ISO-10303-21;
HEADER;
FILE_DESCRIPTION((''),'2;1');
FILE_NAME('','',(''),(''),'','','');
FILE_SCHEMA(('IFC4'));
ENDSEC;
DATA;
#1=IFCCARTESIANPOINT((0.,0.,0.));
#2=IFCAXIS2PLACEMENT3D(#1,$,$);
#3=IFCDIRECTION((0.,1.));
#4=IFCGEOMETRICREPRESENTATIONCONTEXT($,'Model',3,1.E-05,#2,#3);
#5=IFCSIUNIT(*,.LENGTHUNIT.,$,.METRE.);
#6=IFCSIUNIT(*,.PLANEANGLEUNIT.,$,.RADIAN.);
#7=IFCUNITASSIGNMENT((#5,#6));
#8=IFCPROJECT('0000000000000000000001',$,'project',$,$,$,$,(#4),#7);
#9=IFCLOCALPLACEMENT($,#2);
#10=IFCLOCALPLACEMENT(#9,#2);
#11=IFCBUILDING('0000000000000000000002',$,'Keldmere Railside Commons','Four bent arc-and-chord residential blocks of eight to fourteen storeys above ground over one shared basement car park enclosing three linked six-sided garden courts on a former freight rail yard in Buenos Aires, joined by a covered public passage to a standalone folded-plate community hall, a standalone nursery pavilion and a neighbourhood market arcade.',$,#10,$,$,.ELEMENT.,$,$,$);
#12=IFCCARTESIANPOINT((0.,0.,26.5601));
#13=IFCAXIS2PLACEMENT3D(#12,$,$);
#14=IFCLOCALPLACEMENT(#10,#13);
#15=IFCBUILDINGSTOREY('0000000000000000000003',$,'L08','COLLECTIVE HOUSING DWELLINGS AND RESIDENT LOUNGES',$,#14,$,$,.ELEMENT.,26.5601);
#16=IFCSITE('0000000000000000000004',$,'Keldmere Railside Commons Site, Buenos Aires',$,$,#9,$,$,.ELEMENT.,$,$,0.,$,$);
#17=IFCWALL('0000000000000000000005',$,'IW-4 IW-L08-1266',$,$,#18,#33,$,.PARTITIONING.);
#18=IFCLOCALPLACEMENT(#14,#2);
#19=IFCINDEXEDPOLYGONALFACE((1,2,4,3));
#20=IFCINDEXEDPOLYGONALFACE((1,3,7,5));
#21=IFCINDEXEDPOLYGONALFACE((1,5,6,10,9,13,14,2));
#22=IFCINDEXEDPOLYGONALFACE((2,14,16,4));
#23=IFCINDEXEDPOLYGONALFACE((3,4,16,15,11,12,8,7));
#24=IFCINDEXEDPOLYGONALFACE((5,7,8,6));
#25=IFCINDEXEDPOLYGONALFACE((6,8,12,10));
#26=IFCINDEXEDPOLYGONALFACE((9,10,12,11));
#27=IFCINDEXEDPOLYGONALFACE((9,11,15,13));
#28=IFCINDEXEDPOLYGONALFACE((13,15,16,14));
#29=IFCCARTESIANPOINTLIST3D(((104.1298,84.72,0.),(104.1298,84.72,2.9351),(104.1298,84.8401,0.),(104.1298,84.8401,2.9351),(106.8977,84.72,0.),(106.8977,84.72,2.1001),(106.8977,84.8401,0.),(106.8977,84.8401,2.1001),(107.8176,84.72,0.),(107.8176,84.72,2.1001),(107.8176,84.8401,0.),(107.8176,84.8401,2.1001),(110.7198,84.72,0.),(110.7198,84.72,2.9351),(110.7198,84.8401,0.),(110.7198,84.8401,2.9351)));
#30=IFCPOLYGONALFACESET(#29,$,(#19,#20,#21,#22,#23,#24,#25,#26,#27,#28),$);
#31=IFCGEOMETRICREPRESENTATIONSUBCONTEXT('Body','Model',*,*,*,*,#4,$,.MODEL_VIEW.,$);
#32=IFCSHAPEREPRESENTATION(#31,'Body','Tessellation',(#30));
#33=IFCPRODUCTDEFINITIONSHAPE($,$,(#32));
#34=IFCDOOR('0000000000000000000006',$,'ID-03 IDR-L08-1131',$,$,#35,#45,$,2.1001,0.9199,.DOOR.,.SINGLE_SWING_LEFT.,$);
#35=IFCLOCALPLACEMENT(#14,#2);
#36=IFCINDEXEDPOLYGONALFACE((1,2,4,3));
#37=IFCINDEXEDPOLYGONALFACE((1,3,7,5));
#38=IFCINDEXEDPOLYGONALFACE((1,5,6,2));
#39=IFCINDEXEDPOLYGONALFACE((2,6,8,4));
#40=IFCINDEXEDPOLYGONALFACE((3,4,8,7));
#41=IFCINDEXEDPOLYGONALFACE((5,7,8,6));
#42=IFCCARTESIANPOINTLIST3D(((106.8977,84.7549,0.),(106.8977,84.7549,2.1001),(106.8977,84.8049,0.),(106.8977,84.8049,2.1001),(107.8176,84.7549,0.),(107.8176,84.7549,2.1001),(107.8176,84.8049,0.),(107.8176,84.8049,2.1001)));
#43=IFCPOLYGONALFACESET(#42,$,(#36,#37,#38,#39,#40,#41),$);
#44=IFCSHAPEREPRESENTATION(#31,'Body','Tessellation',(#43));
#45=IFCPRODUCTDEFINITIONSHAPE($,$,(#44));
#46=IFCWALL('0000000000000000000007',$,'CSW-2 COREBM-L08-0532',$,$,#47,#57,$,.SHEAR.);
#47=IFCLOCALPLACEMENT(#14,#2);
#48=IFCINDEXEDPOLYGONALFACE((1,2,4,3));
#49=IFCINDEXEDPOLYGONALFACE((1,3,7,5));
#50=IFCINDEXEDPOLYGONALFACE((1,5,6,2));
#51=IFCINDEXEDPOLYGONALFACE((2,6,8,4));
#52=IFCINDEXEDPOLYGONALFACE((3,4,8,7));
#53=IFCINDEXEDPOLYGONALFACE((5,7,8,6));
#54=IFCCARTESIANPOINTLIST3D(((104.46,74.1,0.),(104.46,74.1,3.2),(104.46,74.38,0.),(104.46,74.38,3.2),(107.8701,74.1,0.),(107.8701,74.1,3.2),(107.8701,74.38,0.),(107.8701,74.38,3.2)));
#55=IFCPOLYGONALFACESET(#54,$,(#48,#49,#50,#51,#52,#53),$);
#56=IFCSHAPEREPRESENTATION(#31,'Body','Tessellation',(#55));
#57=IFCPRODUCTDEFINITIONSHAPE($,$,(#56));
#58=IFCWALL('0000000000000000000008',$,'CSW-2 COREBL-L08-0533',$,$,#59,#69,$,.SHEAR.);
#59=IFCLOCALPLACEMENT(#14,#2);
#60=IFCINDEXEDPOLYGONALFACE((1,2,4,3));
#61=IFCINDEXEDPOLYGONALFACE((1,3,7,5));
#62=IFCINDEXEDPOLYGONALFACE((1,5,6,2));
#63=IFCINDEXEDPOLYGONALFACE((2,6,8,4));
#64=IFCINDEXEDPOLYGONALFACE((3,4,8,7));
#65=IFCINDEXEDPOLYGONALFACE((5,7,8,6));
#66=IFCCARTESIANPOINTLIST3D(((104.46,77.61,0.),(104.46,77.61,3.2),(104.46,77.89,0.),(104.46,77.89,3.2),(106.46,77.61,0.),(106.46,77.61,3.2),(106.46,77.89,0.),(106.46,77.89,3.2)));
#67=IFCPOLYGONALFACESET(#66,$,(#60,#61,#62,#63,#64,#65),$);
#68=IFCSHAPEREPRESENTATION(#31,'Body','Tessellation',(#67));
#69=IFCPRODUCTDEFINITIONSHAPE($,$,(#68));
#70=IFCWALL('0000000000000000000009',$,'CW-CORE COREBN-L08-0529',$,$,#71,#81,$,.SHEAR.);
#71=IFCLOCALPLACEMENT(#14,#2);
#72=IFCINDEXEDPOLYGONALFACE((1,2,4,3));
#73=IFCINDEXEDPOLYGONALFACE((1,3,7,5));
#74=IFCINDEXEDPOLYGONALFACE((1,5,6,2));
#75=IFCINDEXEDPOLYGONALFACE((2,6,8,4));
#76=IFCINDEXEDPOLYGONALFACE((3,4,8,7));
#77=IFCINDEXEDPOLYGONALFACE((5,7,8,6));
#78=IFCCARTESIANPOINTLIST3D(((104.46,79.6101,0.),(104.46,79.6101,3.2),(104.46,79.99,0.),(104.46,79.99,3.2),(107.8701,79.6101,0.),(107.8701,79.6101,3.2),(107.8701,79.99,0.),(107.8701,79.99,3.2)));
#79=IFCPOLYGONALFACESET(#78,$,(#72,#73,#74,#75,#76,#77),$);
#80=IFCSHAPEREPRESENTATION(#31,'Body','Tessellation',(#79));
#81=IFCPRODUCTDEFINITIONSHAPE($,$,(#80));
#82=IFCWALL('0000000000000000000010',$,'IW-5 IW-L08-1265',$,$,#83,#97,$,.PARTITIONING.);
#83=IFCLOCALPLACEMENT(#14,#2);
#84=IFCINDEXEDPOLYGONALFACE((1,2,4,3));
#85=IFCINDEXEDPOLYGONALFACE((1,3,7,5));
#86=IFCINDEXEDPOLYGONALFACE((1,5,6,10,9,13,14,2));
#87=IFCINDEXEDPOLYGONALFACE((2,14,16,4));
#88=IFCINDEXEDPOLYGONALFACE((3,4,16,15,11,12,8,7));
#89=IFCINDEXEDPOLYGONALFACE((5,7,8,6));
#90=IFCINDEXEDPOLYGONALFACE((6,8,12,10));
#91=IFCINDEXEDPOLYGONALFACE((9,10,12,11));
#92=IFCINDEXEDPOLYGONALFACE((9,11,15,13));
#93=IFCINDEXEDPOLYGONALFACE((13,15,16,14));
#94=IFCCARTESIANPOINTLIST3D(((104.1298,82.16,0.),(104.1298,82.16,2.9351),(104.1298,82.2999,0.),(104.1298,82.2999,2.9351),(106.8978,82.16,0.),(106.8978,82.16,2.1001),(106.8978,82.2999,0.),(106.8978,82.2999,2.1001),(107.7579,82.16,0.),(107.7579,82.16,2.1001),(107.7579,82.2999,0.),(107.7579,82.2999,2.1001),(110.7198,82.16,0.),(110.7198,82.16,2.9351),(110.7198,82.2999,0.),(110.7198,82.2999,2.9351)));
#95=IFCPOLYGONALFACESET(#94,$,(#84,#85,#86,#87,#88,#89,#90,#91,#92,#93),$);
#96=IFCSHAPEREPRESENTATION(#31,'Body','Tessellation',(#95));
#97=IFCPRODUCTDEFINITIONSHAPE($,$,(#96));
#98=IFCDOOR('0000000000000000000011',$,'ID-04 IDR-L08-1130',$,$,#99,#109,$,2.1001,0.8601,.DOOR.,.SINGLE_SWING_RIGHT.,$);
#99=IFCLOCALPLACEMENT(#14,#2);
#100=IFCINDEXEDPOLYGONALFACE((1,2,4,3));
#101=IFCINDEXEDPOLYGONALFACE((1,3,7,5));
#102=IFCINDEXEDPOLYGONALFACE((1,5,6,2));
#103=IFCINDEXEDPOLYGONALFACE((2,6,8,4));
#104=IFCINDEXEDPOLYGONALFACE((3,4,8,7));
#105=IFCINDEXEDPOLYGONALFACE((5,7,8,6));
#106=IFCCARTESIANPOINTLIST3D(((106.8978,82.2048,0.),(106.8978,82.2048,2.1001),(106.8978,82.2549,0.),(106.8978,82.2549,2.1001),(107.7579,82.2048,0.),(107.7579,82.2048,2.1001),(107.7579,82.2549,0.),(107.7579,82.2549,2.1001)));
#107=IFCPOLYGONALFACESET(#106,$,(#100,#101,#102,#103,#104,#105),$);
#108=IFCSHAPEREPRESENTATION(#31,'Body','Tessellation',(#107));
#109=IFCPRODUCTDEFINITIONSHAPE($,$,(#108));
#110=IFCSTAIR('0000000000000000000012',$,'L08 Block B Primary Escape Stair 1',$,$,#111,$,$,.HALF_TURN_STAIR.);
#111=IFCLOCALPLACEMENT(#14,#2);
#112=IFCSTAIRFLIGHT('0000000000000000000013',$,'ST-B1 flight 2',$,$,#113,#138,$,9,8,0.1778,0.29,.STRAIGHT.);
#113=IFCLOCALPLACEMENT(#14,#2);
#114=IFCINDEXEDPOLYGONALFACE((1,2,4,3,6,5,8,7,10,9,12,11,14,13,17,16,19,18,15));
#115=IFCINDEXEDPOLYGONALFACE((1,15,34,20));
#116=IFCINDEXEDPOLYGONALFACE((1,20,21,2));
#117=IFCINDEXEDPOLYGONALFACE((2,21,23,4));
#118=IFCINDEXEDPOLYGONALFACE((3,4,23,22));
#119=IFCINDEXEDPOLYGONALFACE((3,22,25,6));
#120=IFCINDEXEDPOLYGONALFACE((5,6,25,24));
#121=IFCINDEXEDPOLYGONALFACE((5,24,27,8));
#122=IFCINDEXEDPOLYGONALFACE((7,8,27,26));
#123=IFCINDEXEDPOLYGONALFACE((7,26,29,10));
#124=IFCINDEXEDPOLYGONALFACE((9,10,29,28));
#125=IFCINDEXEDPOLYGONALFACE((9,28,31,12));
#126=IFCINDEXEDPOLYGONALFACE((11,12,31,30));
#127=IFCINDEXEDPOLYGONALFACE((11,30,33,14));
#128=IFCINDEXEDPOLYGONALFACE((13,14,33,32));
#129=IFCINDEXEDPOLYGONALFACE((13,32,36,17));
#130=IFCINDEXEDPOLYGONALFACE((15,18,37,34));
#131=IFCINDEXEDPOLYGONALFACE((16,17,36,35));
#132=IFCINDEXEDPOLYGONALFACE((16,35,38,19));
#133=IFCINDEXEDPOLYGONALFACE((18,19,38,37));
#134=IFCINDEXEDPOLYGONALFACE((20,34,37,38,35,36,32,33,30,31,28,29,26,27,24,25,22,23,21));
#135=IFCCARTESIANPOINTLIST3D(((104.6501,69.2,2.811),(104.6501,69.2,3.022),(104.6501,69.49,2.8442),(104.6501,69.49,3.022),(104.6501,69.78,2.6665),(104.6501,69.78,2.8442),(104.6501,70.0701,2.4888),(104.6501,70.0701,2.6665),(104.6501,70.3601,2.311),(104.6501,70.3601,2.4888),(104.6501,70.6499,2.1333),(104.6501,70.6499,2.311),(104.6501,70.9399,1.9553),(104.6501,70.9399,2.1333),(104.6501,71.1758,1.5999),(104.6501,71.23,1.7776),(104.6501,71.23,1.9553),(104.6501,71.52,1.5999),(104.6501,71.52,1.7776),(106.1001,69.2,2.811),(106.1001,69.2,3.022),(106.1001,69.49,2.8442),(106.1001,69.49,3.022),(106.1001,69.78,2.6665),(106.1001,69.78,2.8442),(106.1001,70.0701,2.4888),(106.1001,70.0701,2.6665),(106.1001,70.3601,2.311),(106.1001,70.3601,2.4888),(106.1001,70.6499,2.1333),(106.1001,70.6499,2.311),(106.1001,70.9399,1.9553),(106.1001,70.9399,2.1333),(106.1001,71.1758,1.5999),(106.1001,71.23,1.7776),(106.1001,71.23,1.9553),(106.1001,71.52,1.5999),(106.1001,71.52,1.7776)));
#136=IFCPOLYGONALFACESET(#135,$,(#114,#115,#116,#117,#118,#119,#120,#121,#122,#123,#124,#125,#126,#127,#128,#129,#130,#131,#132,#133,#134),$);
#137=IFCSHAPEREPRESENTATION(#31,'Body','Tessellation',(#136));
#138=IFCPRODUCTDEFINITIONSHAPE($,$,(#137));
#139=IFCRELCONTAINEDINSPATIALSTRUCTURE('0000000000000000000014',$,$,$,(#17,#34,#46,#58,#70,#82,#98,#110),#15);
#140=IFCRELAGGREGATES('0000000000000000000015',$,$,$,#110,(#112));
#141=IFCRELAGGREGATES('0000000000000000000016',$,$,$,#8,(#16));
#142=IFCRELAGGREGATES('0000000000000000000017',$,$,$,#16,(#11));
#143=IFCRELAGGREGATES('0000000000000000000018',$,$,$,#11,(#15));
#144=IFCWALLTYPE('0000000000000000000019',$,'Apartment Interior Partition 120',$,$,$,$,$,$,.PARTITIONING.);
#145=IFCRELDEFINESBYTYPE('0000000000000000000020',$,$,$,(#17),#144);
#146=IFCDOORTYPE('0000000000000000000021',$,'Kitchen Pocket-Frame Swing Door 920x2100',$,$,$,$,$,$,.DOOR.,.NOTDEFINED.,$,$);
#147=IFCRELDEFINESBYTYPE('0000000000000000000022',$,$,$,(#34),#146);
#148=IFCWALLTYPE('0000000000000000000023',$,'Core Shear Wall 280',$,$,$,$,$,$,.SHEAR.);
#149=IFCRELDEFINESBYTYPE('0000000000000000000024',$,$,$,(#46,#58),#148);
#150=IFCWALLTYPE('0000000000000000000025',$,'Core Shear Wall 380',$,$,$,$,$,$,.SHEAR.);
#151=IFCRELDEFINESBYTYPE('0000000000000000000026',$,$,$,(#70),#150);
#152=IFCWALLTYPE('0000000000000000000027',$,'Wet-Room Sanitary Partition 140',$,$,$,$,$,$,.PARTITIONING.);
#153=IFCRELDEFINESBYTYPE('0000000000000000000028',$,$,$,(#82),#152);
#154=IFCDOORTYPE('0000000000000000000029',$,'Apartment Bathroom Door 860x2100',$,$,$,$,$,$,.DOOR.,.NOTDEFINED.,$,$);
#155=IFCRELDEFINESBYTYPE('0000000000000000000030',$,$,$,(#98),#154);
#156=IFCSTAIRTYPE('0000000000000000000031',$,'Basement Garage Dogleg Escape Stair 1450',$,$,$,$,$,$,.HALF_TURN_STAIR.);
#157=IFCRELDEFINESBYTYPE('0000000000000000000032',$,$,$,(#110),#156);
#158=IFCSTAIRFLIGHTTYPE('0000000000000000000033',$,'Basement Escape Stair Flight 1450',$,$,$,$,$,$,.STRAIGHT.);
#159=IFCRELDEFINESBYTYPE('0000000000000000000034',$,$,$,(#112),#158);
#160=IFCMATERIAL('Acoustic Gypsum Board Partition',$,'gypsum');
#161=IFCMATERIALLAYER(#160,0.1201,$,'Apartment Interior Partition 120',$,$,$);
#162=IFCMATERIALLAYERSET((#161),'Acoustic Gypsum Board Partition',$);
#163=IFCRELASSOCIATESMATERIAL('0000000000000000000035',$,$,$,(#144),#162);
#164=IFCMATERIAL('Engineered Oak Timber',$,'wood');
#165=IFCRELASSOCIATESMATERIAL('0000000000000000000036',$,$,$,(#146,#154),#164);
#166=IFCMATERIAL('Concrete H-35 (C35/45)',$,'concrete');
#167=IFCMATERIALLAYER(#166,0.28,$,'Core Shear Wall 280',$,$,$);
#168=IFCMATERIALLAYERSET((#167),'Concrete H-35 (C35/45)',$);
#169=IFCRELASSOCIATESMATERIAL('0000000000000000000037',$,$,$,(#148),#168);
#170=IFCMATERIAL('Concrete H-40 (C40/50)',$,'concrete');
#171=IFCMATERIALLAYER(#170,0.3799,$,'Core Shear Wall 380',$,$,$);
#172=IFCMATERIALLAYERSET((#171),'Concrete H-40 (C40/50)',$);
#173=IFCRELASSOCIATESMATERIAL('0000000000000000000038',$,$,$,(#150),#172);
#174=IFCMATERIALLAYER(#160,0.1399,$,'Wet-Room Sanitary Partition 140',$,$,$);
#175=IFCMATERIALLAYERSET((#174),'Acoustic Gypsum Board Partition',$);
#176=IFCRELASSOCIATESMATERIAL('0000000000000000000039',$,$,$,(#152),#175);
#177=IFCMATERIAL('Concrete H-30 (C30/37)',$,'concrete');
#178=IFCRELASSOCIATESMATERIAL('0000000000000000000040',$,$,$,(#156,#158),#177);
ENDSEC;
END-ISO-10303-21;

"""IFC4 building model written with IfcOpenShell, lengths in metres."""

from ifc_helpers import new_model, si_unit, direction, frame, frame_2d, origin, place, context, subcontext, project, spatial, polyline, rectangle, outline, extrude, material, layer, layer_set, type_object, element, fill, aggregate, save


model = new_model("IFC4")

# Units and contexts
model_context = context("Model", 3, precision=1e-05, world=origin(), true_north=direction((0.0, 1.0)))
body_context = subcontext(model_context, "Body", "Model", "MODEL_VIEW")
ifc_project = project(units=[si_unit("LENGTHUNIT", "METRE"), si_unit("PLANEANGLEUNIT", "RADIAN")], contexts=[model_context])

# Site, building, storey
site_placement = place(None, origin())
site = spatial("IfcSite", under=ifc_project, at=site_placement, Name="Keldmere Railside Commons Site, Buenos Aires", CompositionType="ELEMENT", RefElevation=0.0)
building_placement = place(site_placement, origin())
building = spatial("IfcBuilding", under=site, at=building_placement, Name="Keldmere Railside Commons", Description="Four bent arc-and-chord residential blocks of eight to fourteen storeys above ground over one shared basement car park enclosing three linked six-sided garden courts on a former freight rail yard in Buenos Aires, joined by a covered public passage to a standalone folded-plate community hall, a standalone nursery pavilion and a neighbourhood market arcade.", CompositionType="ELEMENT")
storey_placement = place(building_placement, frame((0.0, 0.0, 26.5601)))
storey = spatial("IfcBuildingStorey", under=building, at=storey_placement, Name="L08", Description="COLLECTIVE HOUSING DWELLINGS AND RESIDENT LOUNGES", CompositionType="ELEMENT", Elevation=26.5601)

# Wall, opening, door
ifc_material_1 = material(Name="Acoustic Gypsum Board Partition", Category="gypsum")
ifc_layer_1 = layer(ifc_material_1, 0.1201, Name="Apartment Interior Partition 120")
ifc_layer_set_1 = layer_set([ifc_layer_1], Name="Acoustic Gypsum Board Partition")
wall_type_1 = type_object("IfcWallType", Name="Apartment Interior Partition 120", PredefinedType="PARTITIONING", material=ifc_layer_set_1)
wall_1_placement = place(storey_placement, frame((104.1299, 84.78, 0.0), z_axis=(0.0, 0.0, 1.0), x_axis=(1.0, 0.0, 0.0)))
wall_1 = element("IfcWall", 1, at=wall_1_placement, inside=storey, type_object=wall_type_1, Name="IW-4 IW-L08-1266", PredefinedType="PARTITIONING", context=body_context, shape_type="SweptSolid", body=[
    extrude(rectangle(XDim=6.5901, YDim=0.1201, at=frame_2d((3.2949, 0.0))), origin(), (0.0, 0.0, 1.0), 2.9351),
])
opening_1_placement = place(wall_1_placement, frame((2.7678, 0.0, 0.0)))
opening_1 = element("IfcOpeningElement", 2, at=opening_1_placement, cuts=wall_1, PredefinedType="OPENING", context=body_context, shape_type="SweptSolid", body=[
    extrude(rectangle(XDim=0.9199, YDim=2.1001, at=frame_2d((0.46, 1.05))), frame((0.0, 0.0701, 0.0), z_axis=(0.0, -1.0, 0.0), x_axis=(1.0, 0.0, 0.0)), (0.0, 0.0, 1.0), 0.1401),
])
ifc_material_2 = material(Name="Engineered Oak Timber", Category="wood")
door_type_1 = type_object("IfcDoorType", Name="Kitchen Pocket-Frame Swing Door 920x2100", OperationType="NOTDEFINED", PredefinedType="DOOR", material=ifc_material_2)
door_1_placement = place(opening_1_placement, origin())
door_1 = element("IfcDoor", 3, at=door_1_placement, inside=storey, type_object=door_type_1, Name="ID-03 IDR-L08-1131", OperationType="SINGLE_SWING_LEFT", OverallHeight=2.1001, OverallWidth=0.9199, PredefinedType="DOOR", context=body_context, shape_type="SweptSolid", body=[
    extrude(rectangle(XDim=0.9199, YDim=2.1001, at=frame_2d((0.46, 1.05))), frame((0.0, 0.0249, 0.0), z_axis=(0.0, -1.0, 0.0), x_axis=(1.0, 0.0, 0.0)), (0.0, 0.0, 1.0), 0.05),
])
fill(opening_1, door_1)

# Walls
ifc_material_3 = material(Name="Concrete H-35 (C35/45)", Category="concrete")
ifc_layer_2 = layer(ifc_material_3, 0.28, Name="Core Shear Wall 280")
ifc_layer_set_2 = layer_set([ifc_layer_2], Name="Concrete H-35 (C35/45)")
wall_type_2 = type_object("IfcWallType", Name="Core Shear Wall 280", PredefinedType="SHEAR", material=ifc_layer_set_2)
wall_2_placement = place(storey_placement, frame((104.46, 74.24, 0.0), z_axis=(0.0, 0.0, 1.0), x_axis=(1.0, 0.0, 0.0)))
element("IfcWall", 4, at=wall_2_placement, inside=storey, type_object=wall_type_2, Name="CSW-2 COREBM-L08-0532", PredefinedType="SHEAR", context=body_context, shape_type="SweptSolid", body=[
    extrude(rectangle(XDim=3.4102, YDim=0.28, at=frame_2d((1.7051, 0.0))), origin(), (0.0, 0.0, 1.0), 3.2),
])
wall_3_placement = place(storey_placement, frame((104.46, 77.75, 0.0), z_axis=(0.0, 0.0, 1.0), x_axis=(1.0, 0.0, 0.0)))
element("IfcWall", 5, at=wall_3_placement, inside=storey, type_object=wall_type_2, Name="CSW-2 COREBL-L08-0533", PredefinedType="SHEAR", context=body_context, shape_type="SweptSolid", body=[
    extrude(rectangle(XDim=2.0, YDim=0.28, at=frame_2d((1.0, 0.0))), origin(), (0.0, 0.0, 1.0), 3.2),
])
ifc_material_4 = material(Name="Concrete H-40 (C40/50)", Category="concrete")
ifc_layer_3 = layer(ifc_material_4, 0.3799, Name="Core Shear Wall 380")
ifc_layer_set_3 = layer_set([ifc_layer_3], Name="Concrete H-40 (C40/50)")
wall_type_3 = type_object("IfcWallType", Name="Core Shear Wall 380", PredefinedType="SHEAR", material=ifc_layer_set_3)
wall_4_placement = place(storey_placement, frame((104.46, 79.8, 0.0), z_axis=(0.0, 0.0, 1.0), x_axis=(1.0, 0.0, 0.0)))
element("IfcWall", 6, at=wall_4_placement, inside=storey, type_object=wall_type_3, Name="CW-CORE COREBN-L08-0529", PredefinedType="SHEAR", context=body_context, shape_type="SweptSolid", body=[
    extrude(rectangle(XDim=3.4102, YDim=0.3799, at=frame_2d((1.7051, 0.0))), origin(), (0.0, 0.0, 1.0), 3.2),
])

# Wall, opening, door
ifc_layer_4 = layer(ifc_material_1, 0.1399, Name="Wet-Room Sanitary Partition 140")
ifc_layer_set_4 = layer_set([ifc_layer_4], Name="Acoustic Gypsum Board Partition")
wall_type_4 = type_object("IfcWallType", Name="Wet-Room Sanitary Partition 140", PredefinedType="PARTITIONING", material=ifc_layer_set_4)
wall_5_placement = place(storey_placement, frame((104.1299, 82.23, 0.0), z_axis=(0.0, 0.0, 1.0), x_axis=(1.0, 0.0, 0.0)))
wall_5 = element("IfcWall", 7, at=wall_5_placement, inside=storey, type_object=wall_type_4, Name="IW-5 IW-L08-1265", PredefinedType="PARTITIONING", context=body_context, shape_type="SweptSolid", body=[
    extrude(rectangle(XDim=6.5901, YDim=0.1399, at=frame_2d((3.2949, 0.0))), origin(), (0.0, 0.0, 1.0), 2.9351),
])
opening_2_placement = place(wall_5_placement, frame((2.7678, 0.0, 0.0)))
opening_2 = element("IfcOpeningElement", 8, at=opening_2_placement, cuts=wall_5, PredefinedType="OPENING", context=body_context, shape_type="SweptSolid", body=[
    extrude(rectangle(XDim=0.8601, YDim=2.1001, at=frame_2d((0.4302, 1.05))), frame((0.0, 0.0798, 0.0), z_axis=(0.0, -1.0, 0.0), x_axis=(1.0, 0.0, 0.0)), (0.0, 0.0, 1.0), 0.1599),
])
door_type_2 = type_object("IfcDoorType", Name="Apartment Bathroom Door 860x2100", OperationType="NOTDEFINED", PredefinedType="DOOR", material=ifc_material_2)
door_2_placement = place(opening_2_placement, origin())
door_2 = element("IfcDoor", 9, at=door_2_placement, inside=storey, type_object=door_type_2, Name="ID-04 IDR-L08-1130", OperationType="SINGLE_SWING_RIGHT", OverallHeight=2.1001, OverallWidth=0.8601, PredefinedType="DOOR", context=body_context, shape_type="SweptSolid", body=[
    extrude(rectangle(XDim=0.8601, YDim=2.1001, at=frame_2d((0.4302, 1.05))), frame((0.0, 0.0249, 0.0), z_axis=(0.0, -1.0, 0.0), x_axis=(1.0, 0.0, 0.0)), (0.0, 0.0, 1.0), 0.05),
])
fill(opening_2, door_2)

# Stair, stair flight
ifc_material_5 = material(Name="Concrete H-30 (C30/37)", Category="concrete")
stair_type = type_object("IfcStairType", Name="Basement Garage Dogleg Escape Stair 1450", PredefinedType="HALF_TURN_STAIR", material=ifc_material_5)
stair_placement = place(storey_placement, origin())
stair = element("IfcStair", 10, at=stair_placement, inside=storey, type_object=stair_type, Name="L08 Block B Primary Escape Stair 1", PredefinedType="HALF_TURN_STAIR")
stair_flight_type = type_object("IfcStairFlightType", Name="Basement Escape Stair Flight 1450", PredefinedType="STRAIGHT", material=ifc_material_5)
stair_flight_placement = place(storey_placement, frame((105.375, 71.52, 1.5999), z_axis=(0.0, 0.0, 1.0), x_axis=(0.0, -1.0, 0.0)))
stair_flight = element("IfcStairFlight", 11, at=stair_flight_placement, type_object=stair_flight_type, Name="ST-B1 flight 2", NumberOfRisers=9, NumberOfTreads=8, PredefinedType="STRAIGHT", RiserHeight=0.1778, TreadLength=0.29, context=body_context, shape_type="SweptSolid", body=[
    extrude(outline(polyline([(0.0, 0.0), (0.0, 0.1777), (0.29, 0.1777), (0.29, 0.3555), (0.5801, 0.3555), (0.5801, 0.5334), (0.8701, 0.5334), (0.8701, 0.7112), (1.1599, 0.7112), (1.1599, 0.8889), (1.45, 0.8889), (1.45, 1.0667), (1.74, 1.0667), (1.74, 1.2444), (2.03, 1.2444), (2.03, 1.4221), (2.3201, 1.4221), (2.3201, 1.6001), (2.3201, 1.2112), (0.3442, 0.0), (0.0, 0.0)])), frame((0.0, 0.7251, 0.0), z_axis=(0.0, -1.0, 0.0), x_axis=(1.0, 0.0, 0.0)), (0.0, 0.0, 1.0), 1.45),
])
aggregate(stair, [stair_flight])

save(model, "model.ifc")
